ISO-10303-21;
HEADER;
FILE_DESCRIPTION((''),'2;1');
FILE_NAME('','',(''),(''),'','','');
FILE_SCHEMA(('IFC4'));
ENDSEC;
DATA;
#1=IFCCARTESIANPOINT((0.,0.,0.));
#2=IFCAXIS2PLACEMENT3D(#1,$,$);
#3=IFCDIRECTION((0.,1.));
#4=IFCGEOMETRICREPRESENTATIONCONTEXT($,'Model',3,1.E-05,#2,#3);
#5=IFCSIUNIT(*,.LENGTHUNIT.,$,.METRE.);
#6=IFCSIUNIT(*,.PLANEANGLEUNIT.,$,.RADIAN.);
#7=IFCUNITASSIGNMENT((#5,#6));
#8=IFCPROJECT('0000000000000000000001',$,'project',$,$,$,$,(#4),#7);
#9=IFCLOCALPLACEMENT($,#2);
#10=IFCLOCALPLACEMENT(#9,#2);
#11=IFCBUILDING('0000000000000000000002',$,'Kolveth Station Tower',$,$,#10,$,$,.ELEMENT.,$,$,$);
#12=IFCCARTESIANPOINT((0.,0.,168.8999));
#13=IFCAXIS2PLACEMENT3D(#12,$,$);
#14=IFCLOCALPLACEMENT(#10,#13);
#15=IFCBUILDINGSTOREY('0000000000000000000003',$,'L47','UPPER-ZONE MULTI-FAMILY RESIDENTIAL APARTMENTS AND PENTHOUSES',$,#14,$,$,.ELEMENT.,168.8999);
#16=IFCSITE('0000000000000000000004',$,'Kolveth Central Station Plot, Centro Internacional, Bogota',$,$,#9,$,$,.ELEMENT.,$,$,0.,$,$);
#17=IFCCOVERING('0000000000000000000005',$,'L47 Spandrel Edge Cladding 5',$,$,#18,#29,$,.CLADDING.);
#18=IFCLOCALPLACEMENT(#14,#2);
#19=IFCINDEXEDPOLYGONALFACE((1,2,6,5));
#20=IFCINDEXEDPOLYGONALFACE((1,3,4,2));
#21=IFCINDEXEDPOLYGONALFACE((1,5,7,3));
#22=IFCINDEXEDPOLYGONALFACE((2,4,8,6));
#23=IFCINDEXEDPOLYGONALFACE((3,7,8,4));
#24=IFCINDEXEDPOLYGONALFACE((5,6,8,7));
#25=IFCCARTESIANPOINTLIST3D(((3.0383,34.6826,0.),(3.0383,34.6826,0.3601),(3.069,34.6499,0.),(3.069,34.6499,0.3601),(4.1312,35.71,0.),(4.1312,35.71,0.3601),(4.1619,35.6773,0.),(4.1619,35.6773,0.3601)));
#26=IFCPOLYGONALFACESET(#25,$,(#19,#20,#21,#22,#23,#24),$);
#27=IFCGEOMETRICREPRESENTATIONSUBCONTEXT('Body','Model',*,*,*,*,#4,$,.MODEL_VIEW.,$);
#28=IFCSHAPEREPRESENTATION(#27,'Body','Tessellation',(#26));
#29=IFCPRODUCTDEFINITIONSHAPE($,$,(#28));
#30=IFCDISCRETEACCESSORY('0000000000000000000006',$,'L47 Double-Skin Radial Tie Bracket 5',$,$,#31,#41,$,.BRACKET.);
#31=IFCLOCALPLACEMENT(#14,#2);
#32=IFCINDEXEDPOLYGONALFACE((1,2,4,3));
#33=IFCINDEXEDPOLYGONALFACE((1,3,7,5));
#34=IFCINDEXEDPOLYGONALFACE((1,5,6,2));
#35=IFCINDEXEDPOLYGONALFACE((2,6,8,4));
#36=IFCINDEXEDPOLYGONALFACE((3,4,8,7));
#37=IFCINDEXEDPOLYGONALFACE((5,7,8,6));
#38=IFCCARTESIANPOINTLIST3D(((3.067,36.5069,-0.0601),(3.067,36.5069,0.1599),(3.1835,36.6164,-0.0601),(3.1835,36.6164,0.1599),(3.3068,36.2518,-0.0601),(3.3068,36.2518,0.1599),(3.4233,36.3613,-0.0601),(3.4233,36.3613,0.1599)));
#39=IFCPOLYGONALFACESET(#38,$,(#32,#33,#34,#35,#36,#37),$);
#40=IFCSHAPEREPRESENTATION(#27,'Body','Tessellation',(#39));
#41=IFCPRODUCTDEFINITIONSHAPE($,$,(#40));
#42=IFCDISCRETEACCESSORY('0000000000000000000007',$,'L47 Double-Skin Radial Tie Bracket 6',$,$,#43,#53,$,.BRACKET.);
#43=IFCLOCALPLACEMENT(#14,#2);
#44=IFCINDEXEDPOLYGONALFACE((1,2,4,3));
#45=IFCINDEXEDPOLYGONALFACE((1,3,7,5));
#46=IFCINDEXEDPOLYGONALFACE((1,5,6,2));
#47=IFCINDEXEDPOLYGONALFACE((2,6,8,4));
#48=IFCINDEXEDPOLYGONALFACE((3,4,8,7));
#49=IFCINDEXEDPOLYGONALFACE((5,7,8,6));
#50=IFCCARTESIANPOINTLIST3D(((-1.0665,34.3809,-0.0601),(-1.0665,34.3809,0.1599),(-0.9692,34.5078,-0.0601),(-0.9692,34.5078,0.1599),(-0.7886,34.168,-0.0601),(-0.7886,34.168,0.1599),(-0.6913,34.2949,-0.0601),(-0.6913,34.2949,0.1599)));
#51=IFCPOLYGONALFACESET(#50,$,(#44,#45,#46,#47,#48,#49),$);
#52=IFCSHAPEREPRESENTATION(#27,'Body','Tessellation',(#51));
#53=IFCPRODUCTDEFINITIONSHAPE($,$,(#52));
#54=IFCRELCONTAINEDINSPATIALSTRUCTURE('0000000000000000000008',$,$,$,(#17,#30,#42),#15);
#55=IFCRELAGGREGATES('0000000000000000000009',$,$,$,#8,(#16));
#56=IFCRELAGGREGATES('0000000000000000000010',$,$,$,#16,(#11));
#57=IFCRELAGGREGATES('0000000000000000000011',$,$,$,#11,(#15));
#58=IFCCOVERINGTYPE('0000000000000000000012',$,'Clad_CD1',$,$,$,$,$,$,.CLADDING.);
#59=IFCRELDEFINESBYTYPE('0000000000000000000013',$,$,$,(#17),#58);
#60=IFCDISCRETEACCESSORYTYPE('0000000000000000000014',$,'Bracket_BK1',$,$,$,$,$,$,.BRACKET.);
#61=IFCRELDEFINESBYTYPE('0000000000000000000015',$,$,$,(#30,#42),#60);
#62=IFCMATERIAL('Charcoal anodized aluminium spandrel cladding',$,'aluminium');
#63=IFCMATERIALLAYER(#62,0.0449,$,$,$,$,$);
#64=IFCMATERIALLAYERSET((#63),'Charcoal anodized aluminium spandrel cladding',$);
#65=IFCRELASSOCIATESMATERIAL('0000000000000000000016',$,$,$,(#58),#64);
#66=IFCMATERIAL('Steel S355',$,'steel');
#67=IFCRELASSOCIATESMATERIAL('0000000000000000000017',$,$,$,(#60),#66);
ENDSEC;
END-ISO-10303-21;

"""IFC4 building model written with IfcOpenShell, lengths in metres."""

from ifc_helpers import new_model, si_unit, direction, frame, origin, origin_2d, place, context, subcontext, project, spatial, rectangle, extrude, source, transform, mapped, material, layer, layer_set, type_object, element, save


model = new_model("IFC4")

# Units and contexts
model_context = context("Model", 3, precision=1e-05, world=origin(), true_north=direction((0.0, 1.0)))
body_context = subcontext(model_context, "Body", "Model", "MODEL_VIEW")
ifc_project = project(units=[si_unit("LENGTHUNIT", "METRE"), si_unit("PLANEANGLEUNIT", "RADIAN")], contexts=[model_context])

# Site, building, storey
site_placement = place(None, origin())
site = spatial("IfcSite", under=ifc_project, at=site_placement, Name="Kolveth Central Station Plot, Centro Internacional, Bogota", CompositionType="ELEMENT", RefElevation=0.0)
building_placement = place(site_placement, origin())
building = spatial("IfcBuilding", under=site, at=building_placement, Name="Kolveth Station Tower", CompositionType="ELEMENT")
storey_placement = place(building_placement, frame((0.0, 0.0, 168.8999)))
storey = spatial("IfcBuildingStorey", under=building, at=storey_placement, Name="L47", Description="UPPER-ZONE MULTI-FAMILY RESIDENTIAL APARTMENTS AND PENTHOUSES", CompositionType="ELEMENT", Elevation=168.8999)

# Covering
ifc_material_1 = material(Name="Charcoal anodized aluminium spandrel cladding", Category="aluminium")
ifc_layer_1 = layer(ifc_material_1, 0.0449)
ifc_layer_set_1 = layer_set([ifc_layer_1], Name="Charcoal anodized aluminium spandrel cladding")
covering_type = type_object("IfcCoveringType", Name="Clad_CD1", PredefinedType="CLADDING", material=ifc_layer_set_1)
shared_shape_1 = source(origin(), body_context, "Body", "SweptSolid", [
    extrude(rectangle(XDim=1.5, YDim=0.0449, at=origin_2d()), origin(), (0.0, 0.0, 1.0), 0.3601),
])
covering_placement = place(storey_placement, frame((3.6001, 35.1799, 0.0), z_axis=(0.0, 0.0, 1.0), x_axis=(-0.72861, -0.684929, 0.0)))
element("IfcCovering", 1, at=covering_placement, inside=storey, type_object=covering_type, Name="L47 Spandrel Edge Cladding 5", PredefinedType="CLADDING", context=body_context, shape_type="MappedRepresentation", body=[
    mapped(shared_shape_1, transform((0.0, 0.0, 0.0), x_axis=(1.0, 0.0, 0.0), y_axis=(0.0, 1.0, 0.0), z_axis=(0.0, 0.0, 1.0), scale=1.0)),
])

# Discrete accessories
ifc_material_2 = material(Name="Steel S355", Category="steel")
discrete_accessory_type = type_object("IfcDiscreteAccessoryType", Name="Bracket_BK1", PredefinedType="BRACKET", material=ifc_material_2)
shared_shape_2 = source(origin(), body_context, "Body", "SweptSolid", [
    extrude(rectangle(XDim=0.3501, YDim=0.1599, at=origin_2d()), origin(), (0.0, 0.0, 1.0), 0.22),
])
for number, where, z_axis, x_axis, name in (
    (2, (3.2451, 36.4341, -0.0601), (0.0, 0.0, 1.0), (-0.684929, 0.72861, 0.0), "L47 Double-Skin Radial Tie Bracket 5"),
    (3, (-0.8789, 34.3379, -0.0601), (0.0, 0.0, 1.0), (-0.793778, 0.608207, 0.0), "L47 Double-Skin Radial Tie Bracket 6"),
):
    element("IfcDiscreteAccessory", number, at=place(storey_placement, frame(where, z_axis=z_axis, x_axis=x_axis)), inside=storey, type_object=discrete_accessory_type, Name=name, PredefinedType="BRACKET", context=body_context, shape_type="MappedRepresentation", body=[
        mapped(shared_shape_2, transform((0.0, 0.0, 0.0), x_axis=(1.0, 0.0, 0.0), y_axis=(0.0, 1.0, 0.0), z_axis=(0.0, 0.0, 1.0), scale=1.0)),
    ])

save(model, "model.ifc")
